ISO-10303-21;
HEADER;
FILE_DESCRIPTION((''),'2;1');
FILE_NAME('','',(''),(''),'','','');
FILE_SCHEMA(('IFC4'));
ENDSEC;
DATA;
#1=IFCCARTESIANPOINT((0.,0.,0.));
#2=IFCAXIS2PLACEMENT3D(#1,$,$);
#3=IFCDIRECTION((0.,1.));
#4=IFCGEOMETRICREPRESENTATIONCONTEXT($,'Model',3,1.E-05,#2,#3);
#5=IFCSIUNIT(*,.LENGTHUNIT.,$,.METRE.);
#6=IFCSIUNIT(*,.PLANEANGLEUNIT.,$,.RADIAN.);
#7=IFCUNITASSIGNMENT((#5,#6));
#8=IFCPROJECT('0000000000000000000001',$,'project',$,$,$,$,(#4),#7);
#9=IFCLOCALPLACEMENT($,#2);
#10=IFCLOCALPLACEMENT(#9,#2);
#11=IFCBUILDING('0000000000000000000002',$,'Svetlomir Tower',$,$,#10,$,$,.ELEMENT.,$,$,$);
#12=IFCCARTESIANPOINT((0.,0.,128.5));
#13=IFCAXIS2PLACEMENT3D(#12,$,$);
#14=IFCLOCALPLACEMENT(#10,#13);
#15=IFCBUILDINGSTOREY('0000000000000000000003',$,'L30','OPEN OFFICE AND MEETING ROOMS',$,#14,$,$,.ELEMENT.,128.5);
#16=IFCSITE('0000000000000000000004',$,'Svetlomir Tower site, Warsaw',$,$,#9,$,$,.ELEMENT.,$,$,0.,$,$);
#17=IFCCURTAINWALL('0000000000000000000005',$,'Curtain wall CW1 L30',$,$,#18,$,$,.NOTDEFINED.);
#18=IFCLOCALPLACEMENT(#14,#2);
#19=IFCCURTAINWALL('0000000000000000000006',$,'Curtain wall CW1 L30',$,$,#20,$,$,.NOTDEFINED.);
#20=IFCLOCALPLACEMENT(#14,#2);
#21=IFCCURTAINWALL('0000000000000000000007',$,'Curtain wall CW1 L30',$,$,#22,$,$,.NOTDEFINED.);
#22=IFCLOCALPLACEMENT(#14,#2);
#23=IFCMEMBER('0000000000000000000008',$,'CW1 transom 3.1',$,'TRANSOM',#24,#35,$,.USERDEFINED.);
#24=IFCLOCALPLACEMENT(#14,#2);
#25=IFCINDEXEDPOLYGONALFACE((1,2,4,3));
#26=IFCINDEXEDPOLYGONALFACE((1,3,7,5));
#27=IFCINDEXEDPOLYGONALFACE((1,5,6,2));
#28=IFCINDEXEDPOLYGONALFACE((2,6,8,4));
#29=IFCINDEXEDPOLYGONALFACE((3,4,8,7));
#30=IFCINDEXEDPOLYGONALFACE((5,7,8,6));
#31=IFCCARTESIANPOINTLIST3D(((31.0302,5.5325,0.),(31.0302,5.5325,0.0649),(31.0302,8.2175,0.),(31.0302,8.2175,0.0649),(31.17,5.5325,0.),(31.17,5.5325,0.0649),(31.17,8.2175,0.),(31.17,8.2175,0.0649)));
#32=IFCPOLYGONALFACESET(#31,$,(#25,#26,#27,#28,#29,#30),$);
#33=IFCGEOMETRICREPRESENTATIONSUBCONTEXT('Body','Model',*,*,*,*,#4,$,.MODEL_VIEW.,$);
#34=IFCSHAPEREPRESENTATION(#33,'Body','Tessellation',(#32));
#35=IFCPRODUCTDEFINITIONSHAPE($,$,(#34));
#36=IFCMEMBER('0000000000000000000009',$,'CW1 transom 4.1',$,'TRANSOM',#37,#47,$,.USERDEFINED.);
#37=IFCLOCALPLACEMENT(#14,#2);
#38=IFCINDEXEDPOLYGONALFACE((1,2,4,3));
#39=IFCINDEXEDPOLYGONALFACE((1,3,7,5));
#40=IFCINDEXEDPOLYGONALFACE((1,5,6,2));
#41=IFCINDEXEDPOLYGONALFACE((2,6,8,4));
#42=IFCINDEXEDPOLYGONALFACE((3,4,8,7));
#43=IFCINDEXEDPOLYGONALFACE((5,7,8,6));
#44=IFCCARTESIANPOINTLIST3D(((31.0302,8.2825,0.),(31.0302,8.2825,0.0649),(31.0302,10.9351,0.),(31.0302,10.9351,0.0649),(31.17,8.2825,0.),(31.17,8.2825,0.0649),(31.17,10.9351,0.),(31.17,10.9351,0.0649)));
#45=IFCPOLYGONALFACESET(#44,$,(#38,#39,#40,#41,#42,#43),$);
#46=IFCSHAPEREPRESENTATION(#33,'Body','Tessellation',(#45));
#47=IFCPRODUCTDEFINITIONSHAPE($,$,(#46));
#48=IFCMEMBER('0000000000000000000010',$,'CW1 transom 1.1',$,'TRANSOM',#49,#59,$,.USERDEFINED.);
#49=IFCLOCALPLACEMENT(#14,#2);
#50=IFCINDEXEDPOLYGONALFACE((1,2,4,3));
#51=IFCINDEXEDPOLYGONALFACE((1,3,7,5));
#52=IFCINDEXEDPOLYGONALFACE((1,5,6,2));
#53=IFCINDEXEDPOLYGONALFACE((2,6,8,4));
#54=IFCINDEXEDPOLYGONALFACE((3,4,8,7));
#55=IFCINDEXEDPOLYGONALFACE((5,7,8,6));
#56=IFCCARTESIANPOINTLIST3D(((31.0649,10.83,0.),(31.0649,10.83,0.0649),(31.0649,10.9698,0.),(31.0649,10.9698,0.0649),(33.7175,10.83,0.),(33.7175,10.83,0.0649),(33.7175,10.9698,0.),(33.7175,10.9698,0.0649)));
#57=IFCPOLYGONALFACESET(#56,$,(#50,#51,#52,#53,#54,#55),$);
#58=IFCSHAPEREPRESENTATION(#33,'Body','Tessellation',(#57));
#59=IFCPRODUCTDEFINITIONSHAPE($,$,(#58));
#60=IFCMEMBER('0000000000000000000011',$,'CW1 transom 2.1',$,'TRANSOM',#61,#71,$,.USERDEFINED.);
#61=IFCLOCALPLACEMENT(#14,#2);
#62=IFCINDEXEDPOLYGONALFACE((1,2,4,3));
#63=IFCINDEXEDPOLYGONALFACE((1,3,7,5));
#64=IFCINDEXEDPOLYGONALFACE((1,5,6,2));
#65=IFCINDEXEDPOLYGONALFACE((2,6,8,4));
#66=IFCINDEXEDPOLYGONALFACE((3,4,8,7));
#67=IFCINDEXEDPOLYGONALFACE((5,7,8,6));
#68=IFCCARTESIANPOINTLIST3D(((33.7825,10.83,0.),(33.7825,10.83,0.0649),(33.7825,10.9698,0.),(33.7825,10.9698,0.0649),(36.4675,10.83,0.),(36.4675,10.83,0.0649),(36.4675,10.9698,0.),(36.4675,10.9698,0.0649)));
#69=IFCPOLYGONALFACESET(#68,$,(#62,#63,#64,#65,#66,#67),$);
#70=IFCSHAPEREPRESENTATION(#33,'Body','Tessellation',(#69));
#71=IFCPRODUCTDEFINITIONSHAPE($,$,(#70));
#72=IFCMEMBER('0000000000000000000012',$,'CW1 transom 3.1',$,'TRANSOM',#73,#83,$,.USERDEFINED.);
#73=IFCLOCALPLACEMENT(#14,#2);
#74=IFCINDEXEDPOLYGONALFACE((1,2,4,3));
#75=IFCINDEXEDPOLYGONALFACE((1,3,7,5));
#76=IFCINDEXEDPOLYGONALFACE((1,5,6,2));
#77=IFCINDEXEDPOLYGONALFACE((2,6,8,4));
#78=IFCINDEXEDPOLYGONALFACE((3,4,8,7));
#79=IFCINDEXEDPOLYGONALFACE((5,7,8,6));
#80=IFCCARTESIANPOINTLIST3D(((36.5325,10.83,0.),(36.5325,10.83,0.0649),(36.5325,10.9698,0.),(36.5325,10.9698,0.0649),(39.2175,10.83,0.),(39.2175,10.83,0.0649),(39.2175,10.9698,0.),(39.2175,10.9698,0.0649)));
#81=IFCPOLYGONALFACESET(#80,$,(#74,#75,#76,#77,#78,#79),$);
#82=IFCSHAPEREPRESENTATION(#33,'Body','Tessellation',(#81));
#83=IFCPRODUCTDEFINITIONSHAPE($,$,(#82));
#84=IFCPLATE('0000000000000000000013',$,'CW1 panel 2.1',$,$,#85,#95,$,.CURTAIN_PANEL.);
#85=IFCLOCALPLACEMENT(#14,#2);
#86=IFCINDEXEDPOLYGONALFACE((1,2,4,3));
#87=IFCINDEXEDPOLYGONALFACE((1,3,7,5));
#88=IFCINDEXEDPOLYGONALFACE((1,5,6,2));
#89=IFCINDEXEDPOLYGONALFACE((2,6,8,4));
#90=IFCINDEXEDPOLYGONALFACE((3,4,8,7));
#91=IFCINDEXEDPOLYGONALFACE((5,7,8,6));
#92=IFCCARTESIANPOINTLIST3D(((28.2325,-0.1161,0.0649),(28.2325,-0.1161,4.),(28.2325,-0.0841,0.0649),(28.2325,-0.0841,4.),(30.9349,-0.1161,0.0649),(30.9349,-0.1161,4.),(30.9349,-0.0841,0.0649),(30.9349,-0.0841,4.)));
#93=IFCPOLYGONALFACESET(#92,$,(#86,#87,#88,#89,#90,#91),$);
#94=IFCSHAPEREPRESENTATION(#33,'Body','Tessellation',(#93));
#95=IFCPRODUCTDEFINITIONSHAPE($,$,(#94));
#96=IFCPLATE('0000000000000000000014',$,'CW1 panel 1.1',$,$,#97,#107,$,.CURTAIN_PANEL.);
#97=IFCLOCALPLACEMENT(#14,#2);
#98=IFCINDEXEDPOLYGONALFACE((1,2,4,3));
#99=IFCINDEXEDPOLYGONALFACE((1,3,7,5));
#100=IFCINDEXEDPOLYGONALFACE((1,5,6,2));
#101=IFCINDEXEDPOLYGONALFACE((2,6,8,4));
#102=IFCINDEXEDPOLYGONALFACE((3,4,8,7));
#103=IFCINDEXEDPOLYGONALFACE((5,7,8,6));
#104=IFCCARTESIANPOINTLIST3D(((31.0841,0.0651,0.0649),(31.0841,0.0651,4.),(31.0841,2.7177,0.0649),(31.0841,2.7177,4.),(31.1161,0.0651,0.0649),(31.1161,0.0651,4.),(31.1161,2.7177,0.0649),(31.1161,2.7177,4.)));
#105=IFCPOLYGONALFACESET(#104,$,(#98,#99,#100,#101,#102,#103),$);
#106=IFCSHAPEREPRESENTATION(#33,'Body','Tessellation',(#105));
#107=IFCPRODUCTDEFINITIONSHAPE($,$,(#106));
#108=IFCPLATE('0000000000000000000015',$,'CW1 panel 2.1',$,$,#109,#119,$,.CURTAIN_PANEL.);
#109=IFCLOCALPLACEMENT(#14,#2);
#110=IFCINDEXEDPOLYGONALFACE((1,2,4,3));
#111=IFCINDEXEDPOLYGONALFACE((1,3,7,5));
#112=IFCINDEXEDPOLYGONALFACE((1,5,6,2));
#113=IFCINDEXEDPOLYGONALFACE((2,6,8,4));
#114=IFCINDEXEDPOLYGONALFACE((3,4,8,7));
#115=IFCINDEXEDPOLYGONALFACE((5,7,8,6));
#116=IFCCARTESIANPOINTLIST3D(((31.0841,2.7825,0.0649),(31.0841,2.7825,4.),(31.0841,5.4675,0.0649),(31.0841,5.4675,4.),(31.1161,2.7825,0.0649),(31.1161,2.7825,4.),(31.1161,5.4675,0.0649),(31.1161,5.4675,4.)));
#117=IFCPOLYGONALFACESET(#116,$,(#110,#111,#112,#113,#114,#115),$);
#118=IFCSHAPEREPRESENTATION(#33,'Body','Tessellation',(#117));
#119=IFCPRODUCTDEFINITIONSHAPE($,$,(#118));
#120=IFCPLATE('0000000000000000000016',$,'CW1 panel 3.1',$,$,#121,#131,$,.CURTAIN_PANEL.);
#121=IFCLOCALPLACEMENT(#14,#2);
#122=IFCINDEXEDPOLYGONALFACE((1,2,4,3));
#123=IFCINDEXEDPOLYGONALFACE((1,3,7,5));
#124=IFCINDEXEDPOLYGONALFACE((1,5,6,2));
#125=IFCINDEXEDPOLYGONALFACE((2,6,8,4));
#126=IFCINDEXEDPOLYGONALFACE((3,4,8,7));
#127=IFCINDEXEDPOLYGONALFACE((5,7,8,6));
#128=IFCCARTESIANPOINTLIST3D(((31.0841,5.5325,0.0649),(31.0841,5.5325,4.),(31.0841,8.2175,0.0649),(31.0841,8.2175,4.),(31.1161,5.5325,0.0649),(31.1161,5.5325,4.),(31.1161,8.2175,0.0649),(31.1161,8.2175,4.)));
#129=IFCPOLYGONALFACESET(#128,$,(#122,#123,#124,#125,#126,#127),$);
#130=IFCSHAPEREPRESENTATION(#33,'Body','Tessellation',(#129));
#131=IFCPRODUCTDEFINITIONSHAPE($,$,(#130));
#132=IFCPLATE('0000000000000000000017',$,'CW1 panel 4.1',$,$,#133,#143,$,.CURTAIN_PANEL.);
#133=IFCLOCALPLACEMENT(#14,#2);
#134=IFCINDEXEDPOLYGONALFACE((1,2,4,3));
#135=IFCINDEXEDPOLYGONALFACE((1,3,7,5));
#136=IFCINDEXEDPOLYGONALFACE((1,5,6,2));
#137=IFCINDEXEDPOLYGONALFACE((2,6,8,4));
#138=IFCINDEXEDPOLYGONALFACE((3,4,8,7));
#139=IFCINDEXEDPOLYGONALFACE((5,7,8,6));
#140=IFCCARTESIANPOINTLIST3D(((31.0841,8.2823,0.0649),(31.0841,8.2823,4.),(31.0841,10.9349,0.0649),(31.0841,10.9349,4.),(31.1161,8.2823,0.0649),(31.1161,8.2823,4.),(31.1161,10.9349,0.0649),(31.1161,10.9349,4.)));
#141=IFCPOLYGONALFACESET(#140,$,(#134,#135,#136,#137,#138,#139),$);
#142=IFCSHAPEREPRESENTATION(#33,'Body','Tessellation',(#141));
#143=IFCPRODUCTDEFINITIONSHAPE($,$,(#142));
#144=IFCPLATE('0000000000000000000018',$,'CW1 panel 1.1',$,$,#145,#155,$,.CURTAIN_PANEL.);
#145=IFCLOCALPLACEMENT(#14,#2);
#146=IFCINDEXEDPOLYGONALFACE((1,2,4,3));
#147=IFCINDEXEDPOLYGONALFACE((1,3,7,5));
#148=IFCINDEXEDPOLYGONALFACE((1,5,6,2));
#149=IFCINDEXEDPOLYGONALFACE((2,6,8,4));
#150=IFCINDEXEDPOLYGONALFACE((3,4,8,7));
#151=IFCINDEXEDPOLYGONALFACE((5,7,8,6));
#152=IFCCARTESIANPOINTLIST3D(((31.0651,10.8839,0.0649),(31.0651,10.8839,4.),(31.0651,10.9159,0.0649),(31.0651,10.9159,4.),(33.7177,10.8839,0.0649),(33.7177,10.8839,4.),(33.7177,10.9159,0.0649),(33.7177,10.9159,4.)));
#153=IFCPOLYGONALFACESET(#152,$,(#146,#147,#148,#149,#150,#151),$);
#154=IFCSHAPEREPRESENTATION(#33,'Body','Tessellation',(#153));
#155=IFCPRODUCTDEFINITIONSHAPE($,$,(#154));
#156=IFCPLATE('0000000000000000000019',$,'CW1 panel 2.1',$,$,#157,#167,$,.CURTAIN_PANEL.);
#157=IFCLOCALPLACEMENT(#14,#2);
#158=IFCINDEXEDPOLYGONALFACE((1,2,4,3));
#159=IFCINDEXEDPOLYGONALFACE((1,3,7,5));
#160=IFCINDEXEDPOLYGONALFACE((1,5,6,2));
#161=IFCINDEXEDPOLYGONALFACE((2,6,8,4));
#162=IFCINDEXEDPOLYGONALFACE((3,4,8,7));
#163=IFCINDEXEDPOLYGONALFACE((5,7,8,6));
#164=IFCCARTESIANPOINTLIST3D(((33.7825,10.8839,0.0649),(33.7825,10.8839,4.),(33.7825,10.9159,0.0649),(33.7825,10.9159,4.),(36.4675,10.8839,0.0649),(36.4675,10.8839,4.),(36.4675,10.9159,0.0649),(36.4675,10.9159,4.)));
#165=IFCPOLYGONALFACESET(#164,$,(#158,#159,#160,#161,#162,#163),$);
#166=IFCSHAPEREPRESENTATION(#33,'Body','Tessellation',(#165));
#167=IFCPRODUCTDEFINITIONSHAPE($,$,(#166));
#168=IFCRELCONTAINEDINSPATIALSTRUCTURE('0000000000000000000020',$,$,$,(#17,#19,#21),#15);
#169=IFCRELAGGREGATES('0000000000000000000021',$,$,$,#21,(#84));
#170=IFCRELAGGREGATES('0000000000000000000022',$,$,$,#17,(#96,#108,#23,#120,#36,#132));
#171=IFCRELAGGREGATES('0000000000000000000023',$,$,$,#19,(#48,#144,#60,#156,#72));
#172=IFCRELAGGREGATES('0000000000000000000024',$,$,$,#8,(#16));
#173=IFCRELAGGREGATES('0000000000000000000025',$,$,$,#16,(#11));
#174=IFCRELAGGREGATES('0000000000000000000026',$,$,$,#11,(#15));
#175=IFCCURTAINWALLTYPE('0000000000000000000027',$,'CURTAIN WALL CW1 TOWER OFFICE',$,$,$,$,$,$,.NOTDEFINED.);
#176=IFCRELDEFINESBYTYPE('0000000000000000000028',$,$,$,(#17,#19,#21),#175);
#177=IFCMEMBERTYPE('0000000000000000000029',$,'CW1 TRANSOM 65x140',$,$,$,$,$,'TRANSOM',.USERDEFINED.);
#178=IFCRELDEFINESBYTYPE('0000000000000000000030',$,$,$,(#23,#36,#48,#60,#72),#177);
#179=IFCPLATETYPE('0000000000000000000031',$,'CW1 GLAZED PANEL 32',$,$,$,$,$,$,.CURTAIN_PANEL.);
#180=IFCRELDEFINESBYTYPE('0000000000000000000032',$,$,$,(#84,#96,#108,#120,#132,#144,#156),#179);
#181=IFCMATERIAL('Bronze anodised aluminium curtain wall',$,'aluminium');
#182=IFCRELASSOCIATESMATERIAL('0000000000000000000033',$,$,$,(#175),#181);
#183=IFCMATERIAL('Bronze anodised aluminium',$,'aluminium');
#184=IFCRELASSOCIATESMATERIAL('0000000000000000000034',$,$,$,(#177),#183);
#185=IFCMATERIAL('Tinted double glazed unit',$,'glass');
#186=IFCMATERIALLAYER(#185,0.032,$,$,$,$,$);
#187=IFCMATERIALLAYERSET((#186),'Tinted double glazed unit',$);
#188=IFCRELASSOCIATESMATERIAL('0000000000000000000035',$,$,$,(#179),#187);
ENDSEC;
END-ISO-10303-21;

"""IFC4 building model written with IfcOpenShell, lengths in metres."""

from ifc_helpers import new_model, si_unit, direction, frame, origin, origin_2d, place, context, subcontext, project, spatial, rectangle, extrude, material, layer, layer_set, material_profile, profile_set, type_object, element, aggregate, save


model = new_model("IFC4")

# Units and contexts
model_context = context("Model", 3, precision=1e-05, world=origin(), true_north=direction((0.0, 1.0)))
body_context = subcontext(model_context, "Body", "Model", "MODEL_VIEW")
ifc_project = project(units=[si_unit("LENGTHUNIT", "METRE"), si_unit("PLANEANGLEUNIT", "RADIAN")], contexts=[model_context])

# Site, building, storey
site_placement = place(None, origin())
site = spatial("IfcSite", under=ifc_project, at=site_placement, Name="Svetlomir Tower site, Warsaw", CompositionType="ELEMENT", RefElevation=0.0)
building_placement = place(site_placement, origin())
building = spatial("IfcBuilding", under=site, at=building_placement, Name="Svetlomir Tower", CompositionType="ELEMENT")
storey_placement = place(building_placement, frame((0.0, 0.0, 128.5)))
storey = spatial("IfcBuildingStorey", under=building, at=storey_placement, Name="L30", Description="OPEN OFFICE AND MEETING ROOMS", CompositionType="ELEMENT", Elevation=128.5)

# Curtain walls
ifc_material_1 = material(Name="Bronze anodised aluminium curtain wall", Category="aluminium")
curtain_wall_type = type_object("IfcCurtainWallType", Name="CURTAIN WALL CW1 TOWER OFFICE", PredefinedType="NOTDEFINED", material=ifc_material_1)
curtain_wall_1_placement = place(storey_placement, origin())
curtain_wall_1 = element("IfcCurtainWall", 1, at=curtain_wall_1_placement, inside=storey, type_object=curtain_wall_type, Name="Curtain wall CW1 L30", PredefinedType="NOTDEFINED")
curtain_wall_2_placement = place(storey_placement, origin())
curtain_wall_2 = element("IfcCurtainWall", 2, at=curtain_wall_2_placement, inside=storey, type_object=curtain_wall_type, Name="Curtain wall CW1 L30", PredefinedType="NOTDEFINED")
curtain_wall_3_placement = place(storey_placement, origin())
curtain_wall_3 = element("IfcCurtainWall", 3, at=curtain_wall_3_placement, inside=storey, type_object=curtain_wall_type, Name="Curtain wall CW1 L30", PredefinedType="NOTDEFINED")

# Members
ifc_material_2 = material(Name="Bronze anodised aluminium", Category="aluminium")
ifc_material_profile_1 = material_profile(ifc_material_2, rectangle(XDim=0.1399, YDim=0.0649, at=origin_2d()), Name="AL 140x65")
ifc_profile_set_1 = profile_set([ifc_material_profile_1], Name="Bronze anodised aluminium 6063-T6")
member_type_1 = type_object("IfcMemberType", Name="CW1 TRANSOM 65x140", ElementType="TRANSOM", PredefinedType="USERDEFINED", material=ifc_profile_set_1)
member_1_placement = place(storey_placement, frame((31.1001, 5.5325, 0.0325), z_axis=(0.0, 1.0, 0.0), x_axis=(-1.0, 0.0, 0.0)))
member_1 = element("IfcMember", 4, at=member_1_placement, type_object=member_type_1, Name="CW1 transom 3.1", ObjectType="TRANSOM", PredefinedType="USERDEFINED", context=body_context, shape_type="SweptSolid", body=[
    extrude(rectangle(XDim=0.1399, YDim=0.0649, at=origin_2d()), origin(), (0.0, 0.0, 1.0), 2.6851),
])
member_2_placement = place(storey_placement, frame((31.1001, 8.2825, 0.0325), z_axis=(0.0, 1.0, 0.0), x_axis=(-1.0, 0.0, 0.0)))
member_2 = element("IfcMember", 5, at=member_2_placement, type_object=member_type_1, Name="CW1 transom 4.1", ObjectType="TRANSOM", PredefinedType="USERDEFINED", context=body_context, shape_type="SweptSolid", body=[
    extrude(rectangle(XDim=0.1399, YDim=0.0649, at=origin_2d()), origin(), (0.0, 0.0, 1.0), 2.6526),
])
member_3_placement = place(storey_placement, frame((31.0649, 10.8999, 0.0325), z_axis=(1.0, 0.0, 0.0), x_axis=(0.0, 1.0, 0.0)))
member_3 = element("IfcMember", 6, at=member_3_placement, type_object=member_type_1, Name="CW1 transom 1.1", ObjectType="TRANSOM", PredefinedType="USERDEFINED", context=body_context, shape_type="SweptSolid", body=[
    extrude(rectangle(XDim=0.1399, YDim=0.0649, at=origin_2d()), origin(), (0.0, 0.0, 1.0), 2.6526),
])
member_4_placement = place(storey_placement, frame((33.7825, 10.8999, 0.0325), z_axis=(1.0, 0.0, 0.0), x_axis=(0.0, 1.0, 0.0)))
member_4 = element("IfcMember", 7, at=member_4_placement, type_object=member_type_1, Name="CW1 transom 2.1", ObjectType="TRANSOM", PredefinedType="USERDEFINED", context=body_context, shape_type="SweptSolid", body=[
    extrude(rectangle(XDim=0.1399, YDim=0.0649, at=origin_2d()), origin(), (0.0, 0.0, 1.0), 2.6851),
])
member_5_placement = place(storey_placement, frame((36.5325, 10.8999, 0.0325), z_axis=(1.0, 0.0, 0.0), x_axis=(0.0, 1.0, 0.0)))
member_5 = element("IfcMember", 8, at=member_5_placement, type_object=member_type_1, Name="CW1 transom 3.1", ObjectType="TRANSOM", PredefinedType="USERDEFINED", context=body_context, shape_type="SweptSolid", body=[
    extrude(rectangle(XDim=0.1399, YDim=0.0649, at=origin_2d()), origin(), (0.0, 0.0, 1.0), 2.6851),
])

# Plates
ifc_material_3 = material(Name="Tinted double glazed unit", Category="glass")
ifc_layer = layer(ifc_material_3, 0.032)
ifc_layer_set = layer_set([ifc_layer], Name="Tinted double glazed unit")
plate_type = type_object("IfcPlateType", Name="CW1 GLAZED PANEL 32", PredefinedType="CURTAIN_PANEL", material=ifc_layer_set)
plate_1_placement = place(storey_placement, frame((29.5837, -0.1001, 0.0649), z_axis=(0.0, 0.0, 1.0), x_axis=(1.0, 0.0, 0.0)))
plate_1 = element("IfcPlate", 9, at=plate_1_placement, type_object=plate_type, Name="CW1 panel 2.1", PredefinedType="CURTAIN_PANEL", context=body_context, shape_type="SweptSolid", body=[
    extrude(rectangle(XDim=2.7024, YDim=0.032, at=origin_2d()), origin(), (0.0, 0.0, 1.0), 3.9351),
])
aggregate(curtain_wall_3, [plate_1])
plate_2_placement = place(storey_placement, frame((31.1001, 1.3914, 0.0649), z_axis=(0.0, 0.0, 1.0), x_axis=(0.0, 1.0, 0.0)))
plate_2 = element("IfcPlate", 10, at=plate_2_placement, type_object=plate_type, Name="CW1 panel 1.1", PredefinedType="CURTAIN_PANEL", context=body_context, shape_type="SweptSolid", body=[
    extrude(rectangle(XDim=2.6526, YDim=0.032, at=origin_2d()), origin(), (0.0, 0.0, 1.0), 3.9351),
])
plate_3_placement = place(storey_placement, frame((31.1001, 4.125, 0.0649), z_axis=(0.0, 0.0, 1.0), x_axis=(0.0, 1.0, 0.0)))
plate_3 = element("IfcPlate", 11, at=plate_3_placement, type_object=plate_type, Name="CW1 panel 2.1", PredefinedType="CURTAIN_PANEL", context=body_context, shape_type="SweptSolid", body=[
    extrude(rectangle(XDim=2.6851, YDim=0.032, at=origin_2d()), origin(), (0.0, 0.0, 1.0), 3.9351),
])
plate_4_placement = place(storey_placement, frame((31.1001, 6.875, 0.0649), z_axis=(0.0, 0.0, 1.0), x_axis=(0.0, 1.0, 0.0)))
plate_4 = element("IfcPlate", 12, at=plate_4_placement, type_object=plate_type, Name="CW1 panel 3.1", PredefinedType="CURTAIN_PANEL", context=body_context, shape_type="SweptSolid", body=[
    extrude(rectangle(XDim=2.6851, YDim=0.032, at=origin_2d()), origin(), (0.0, 0.0, 1.0), 3.9351),
])
plate_5_placement = place(storey_placement, frame((31.1001, 9.6086, 0.0649), z_axis=(0.0, 0.0, 1.0), x_axis=(0.0, 1.0, 0.0)))
plate_5 = element("IfcPlate", 13, at=plate_5_placement, type_object=plate_type, Name="CW1 panel 4.1", PredefinedType="CURTAIN_PANEL", context=body_context, shape_type="SweptSolid", body=[
    extrude(rectangle(XDim=2.6526, YDim=0.032, at=origin_2d()), origin(), (0.0, 0.0, 1.0), 3.9351),
])
aggregate(curtain_wall_1, [plate_2, plate_3, member_1, plate_4, member_2, plate_5])
plate_6_placement = place(storey_placement, frame((32.3914, 10.8999, 0.0649), z_axis=(0.0, 0.0, 1.0), x_axis=(1.0, 0.0, 0.0)))
plate_6 = element("IfcPlate", 14, at=plate_6_placement, type_object=plate_type, Name="CW1 panel 1.1", PredefinedType="CURTAIN_PANEL", context=body_context, shape_type="SweptSolid", body=[
    extrude(rectangle(XDim=2.6526, YDim=0.032, at=origin_2d()), origin(), (0.0, 0.0, 1.0), 3.9351),
])
plate_7_placement = place(storey_placement, frame((35.125, 10.8999, 0.0649), z_axis=(0.0, 0.0, 1.0), x_axis=(1.0, 0.0, 0.0)))
plate_7 = element("IfcPlate", 15, at=plate_7_placement, type_object=plate_type, Name="CW1 panel 2.1", PredefinedType="CURTAIN_PANEL", context=body_context, shape_type="SweptSolid", body=[
    extrude(rectangle(XDim=2.6851, YDim=0.032, at=origin_2d()), origin(), (0.0, 0.0, 1.0), 3.9351),
])
aggregate(curtain_wall_2, [member_3, plate_6, member_4, plate_7, member_5])

save(model, "model.ifc")
